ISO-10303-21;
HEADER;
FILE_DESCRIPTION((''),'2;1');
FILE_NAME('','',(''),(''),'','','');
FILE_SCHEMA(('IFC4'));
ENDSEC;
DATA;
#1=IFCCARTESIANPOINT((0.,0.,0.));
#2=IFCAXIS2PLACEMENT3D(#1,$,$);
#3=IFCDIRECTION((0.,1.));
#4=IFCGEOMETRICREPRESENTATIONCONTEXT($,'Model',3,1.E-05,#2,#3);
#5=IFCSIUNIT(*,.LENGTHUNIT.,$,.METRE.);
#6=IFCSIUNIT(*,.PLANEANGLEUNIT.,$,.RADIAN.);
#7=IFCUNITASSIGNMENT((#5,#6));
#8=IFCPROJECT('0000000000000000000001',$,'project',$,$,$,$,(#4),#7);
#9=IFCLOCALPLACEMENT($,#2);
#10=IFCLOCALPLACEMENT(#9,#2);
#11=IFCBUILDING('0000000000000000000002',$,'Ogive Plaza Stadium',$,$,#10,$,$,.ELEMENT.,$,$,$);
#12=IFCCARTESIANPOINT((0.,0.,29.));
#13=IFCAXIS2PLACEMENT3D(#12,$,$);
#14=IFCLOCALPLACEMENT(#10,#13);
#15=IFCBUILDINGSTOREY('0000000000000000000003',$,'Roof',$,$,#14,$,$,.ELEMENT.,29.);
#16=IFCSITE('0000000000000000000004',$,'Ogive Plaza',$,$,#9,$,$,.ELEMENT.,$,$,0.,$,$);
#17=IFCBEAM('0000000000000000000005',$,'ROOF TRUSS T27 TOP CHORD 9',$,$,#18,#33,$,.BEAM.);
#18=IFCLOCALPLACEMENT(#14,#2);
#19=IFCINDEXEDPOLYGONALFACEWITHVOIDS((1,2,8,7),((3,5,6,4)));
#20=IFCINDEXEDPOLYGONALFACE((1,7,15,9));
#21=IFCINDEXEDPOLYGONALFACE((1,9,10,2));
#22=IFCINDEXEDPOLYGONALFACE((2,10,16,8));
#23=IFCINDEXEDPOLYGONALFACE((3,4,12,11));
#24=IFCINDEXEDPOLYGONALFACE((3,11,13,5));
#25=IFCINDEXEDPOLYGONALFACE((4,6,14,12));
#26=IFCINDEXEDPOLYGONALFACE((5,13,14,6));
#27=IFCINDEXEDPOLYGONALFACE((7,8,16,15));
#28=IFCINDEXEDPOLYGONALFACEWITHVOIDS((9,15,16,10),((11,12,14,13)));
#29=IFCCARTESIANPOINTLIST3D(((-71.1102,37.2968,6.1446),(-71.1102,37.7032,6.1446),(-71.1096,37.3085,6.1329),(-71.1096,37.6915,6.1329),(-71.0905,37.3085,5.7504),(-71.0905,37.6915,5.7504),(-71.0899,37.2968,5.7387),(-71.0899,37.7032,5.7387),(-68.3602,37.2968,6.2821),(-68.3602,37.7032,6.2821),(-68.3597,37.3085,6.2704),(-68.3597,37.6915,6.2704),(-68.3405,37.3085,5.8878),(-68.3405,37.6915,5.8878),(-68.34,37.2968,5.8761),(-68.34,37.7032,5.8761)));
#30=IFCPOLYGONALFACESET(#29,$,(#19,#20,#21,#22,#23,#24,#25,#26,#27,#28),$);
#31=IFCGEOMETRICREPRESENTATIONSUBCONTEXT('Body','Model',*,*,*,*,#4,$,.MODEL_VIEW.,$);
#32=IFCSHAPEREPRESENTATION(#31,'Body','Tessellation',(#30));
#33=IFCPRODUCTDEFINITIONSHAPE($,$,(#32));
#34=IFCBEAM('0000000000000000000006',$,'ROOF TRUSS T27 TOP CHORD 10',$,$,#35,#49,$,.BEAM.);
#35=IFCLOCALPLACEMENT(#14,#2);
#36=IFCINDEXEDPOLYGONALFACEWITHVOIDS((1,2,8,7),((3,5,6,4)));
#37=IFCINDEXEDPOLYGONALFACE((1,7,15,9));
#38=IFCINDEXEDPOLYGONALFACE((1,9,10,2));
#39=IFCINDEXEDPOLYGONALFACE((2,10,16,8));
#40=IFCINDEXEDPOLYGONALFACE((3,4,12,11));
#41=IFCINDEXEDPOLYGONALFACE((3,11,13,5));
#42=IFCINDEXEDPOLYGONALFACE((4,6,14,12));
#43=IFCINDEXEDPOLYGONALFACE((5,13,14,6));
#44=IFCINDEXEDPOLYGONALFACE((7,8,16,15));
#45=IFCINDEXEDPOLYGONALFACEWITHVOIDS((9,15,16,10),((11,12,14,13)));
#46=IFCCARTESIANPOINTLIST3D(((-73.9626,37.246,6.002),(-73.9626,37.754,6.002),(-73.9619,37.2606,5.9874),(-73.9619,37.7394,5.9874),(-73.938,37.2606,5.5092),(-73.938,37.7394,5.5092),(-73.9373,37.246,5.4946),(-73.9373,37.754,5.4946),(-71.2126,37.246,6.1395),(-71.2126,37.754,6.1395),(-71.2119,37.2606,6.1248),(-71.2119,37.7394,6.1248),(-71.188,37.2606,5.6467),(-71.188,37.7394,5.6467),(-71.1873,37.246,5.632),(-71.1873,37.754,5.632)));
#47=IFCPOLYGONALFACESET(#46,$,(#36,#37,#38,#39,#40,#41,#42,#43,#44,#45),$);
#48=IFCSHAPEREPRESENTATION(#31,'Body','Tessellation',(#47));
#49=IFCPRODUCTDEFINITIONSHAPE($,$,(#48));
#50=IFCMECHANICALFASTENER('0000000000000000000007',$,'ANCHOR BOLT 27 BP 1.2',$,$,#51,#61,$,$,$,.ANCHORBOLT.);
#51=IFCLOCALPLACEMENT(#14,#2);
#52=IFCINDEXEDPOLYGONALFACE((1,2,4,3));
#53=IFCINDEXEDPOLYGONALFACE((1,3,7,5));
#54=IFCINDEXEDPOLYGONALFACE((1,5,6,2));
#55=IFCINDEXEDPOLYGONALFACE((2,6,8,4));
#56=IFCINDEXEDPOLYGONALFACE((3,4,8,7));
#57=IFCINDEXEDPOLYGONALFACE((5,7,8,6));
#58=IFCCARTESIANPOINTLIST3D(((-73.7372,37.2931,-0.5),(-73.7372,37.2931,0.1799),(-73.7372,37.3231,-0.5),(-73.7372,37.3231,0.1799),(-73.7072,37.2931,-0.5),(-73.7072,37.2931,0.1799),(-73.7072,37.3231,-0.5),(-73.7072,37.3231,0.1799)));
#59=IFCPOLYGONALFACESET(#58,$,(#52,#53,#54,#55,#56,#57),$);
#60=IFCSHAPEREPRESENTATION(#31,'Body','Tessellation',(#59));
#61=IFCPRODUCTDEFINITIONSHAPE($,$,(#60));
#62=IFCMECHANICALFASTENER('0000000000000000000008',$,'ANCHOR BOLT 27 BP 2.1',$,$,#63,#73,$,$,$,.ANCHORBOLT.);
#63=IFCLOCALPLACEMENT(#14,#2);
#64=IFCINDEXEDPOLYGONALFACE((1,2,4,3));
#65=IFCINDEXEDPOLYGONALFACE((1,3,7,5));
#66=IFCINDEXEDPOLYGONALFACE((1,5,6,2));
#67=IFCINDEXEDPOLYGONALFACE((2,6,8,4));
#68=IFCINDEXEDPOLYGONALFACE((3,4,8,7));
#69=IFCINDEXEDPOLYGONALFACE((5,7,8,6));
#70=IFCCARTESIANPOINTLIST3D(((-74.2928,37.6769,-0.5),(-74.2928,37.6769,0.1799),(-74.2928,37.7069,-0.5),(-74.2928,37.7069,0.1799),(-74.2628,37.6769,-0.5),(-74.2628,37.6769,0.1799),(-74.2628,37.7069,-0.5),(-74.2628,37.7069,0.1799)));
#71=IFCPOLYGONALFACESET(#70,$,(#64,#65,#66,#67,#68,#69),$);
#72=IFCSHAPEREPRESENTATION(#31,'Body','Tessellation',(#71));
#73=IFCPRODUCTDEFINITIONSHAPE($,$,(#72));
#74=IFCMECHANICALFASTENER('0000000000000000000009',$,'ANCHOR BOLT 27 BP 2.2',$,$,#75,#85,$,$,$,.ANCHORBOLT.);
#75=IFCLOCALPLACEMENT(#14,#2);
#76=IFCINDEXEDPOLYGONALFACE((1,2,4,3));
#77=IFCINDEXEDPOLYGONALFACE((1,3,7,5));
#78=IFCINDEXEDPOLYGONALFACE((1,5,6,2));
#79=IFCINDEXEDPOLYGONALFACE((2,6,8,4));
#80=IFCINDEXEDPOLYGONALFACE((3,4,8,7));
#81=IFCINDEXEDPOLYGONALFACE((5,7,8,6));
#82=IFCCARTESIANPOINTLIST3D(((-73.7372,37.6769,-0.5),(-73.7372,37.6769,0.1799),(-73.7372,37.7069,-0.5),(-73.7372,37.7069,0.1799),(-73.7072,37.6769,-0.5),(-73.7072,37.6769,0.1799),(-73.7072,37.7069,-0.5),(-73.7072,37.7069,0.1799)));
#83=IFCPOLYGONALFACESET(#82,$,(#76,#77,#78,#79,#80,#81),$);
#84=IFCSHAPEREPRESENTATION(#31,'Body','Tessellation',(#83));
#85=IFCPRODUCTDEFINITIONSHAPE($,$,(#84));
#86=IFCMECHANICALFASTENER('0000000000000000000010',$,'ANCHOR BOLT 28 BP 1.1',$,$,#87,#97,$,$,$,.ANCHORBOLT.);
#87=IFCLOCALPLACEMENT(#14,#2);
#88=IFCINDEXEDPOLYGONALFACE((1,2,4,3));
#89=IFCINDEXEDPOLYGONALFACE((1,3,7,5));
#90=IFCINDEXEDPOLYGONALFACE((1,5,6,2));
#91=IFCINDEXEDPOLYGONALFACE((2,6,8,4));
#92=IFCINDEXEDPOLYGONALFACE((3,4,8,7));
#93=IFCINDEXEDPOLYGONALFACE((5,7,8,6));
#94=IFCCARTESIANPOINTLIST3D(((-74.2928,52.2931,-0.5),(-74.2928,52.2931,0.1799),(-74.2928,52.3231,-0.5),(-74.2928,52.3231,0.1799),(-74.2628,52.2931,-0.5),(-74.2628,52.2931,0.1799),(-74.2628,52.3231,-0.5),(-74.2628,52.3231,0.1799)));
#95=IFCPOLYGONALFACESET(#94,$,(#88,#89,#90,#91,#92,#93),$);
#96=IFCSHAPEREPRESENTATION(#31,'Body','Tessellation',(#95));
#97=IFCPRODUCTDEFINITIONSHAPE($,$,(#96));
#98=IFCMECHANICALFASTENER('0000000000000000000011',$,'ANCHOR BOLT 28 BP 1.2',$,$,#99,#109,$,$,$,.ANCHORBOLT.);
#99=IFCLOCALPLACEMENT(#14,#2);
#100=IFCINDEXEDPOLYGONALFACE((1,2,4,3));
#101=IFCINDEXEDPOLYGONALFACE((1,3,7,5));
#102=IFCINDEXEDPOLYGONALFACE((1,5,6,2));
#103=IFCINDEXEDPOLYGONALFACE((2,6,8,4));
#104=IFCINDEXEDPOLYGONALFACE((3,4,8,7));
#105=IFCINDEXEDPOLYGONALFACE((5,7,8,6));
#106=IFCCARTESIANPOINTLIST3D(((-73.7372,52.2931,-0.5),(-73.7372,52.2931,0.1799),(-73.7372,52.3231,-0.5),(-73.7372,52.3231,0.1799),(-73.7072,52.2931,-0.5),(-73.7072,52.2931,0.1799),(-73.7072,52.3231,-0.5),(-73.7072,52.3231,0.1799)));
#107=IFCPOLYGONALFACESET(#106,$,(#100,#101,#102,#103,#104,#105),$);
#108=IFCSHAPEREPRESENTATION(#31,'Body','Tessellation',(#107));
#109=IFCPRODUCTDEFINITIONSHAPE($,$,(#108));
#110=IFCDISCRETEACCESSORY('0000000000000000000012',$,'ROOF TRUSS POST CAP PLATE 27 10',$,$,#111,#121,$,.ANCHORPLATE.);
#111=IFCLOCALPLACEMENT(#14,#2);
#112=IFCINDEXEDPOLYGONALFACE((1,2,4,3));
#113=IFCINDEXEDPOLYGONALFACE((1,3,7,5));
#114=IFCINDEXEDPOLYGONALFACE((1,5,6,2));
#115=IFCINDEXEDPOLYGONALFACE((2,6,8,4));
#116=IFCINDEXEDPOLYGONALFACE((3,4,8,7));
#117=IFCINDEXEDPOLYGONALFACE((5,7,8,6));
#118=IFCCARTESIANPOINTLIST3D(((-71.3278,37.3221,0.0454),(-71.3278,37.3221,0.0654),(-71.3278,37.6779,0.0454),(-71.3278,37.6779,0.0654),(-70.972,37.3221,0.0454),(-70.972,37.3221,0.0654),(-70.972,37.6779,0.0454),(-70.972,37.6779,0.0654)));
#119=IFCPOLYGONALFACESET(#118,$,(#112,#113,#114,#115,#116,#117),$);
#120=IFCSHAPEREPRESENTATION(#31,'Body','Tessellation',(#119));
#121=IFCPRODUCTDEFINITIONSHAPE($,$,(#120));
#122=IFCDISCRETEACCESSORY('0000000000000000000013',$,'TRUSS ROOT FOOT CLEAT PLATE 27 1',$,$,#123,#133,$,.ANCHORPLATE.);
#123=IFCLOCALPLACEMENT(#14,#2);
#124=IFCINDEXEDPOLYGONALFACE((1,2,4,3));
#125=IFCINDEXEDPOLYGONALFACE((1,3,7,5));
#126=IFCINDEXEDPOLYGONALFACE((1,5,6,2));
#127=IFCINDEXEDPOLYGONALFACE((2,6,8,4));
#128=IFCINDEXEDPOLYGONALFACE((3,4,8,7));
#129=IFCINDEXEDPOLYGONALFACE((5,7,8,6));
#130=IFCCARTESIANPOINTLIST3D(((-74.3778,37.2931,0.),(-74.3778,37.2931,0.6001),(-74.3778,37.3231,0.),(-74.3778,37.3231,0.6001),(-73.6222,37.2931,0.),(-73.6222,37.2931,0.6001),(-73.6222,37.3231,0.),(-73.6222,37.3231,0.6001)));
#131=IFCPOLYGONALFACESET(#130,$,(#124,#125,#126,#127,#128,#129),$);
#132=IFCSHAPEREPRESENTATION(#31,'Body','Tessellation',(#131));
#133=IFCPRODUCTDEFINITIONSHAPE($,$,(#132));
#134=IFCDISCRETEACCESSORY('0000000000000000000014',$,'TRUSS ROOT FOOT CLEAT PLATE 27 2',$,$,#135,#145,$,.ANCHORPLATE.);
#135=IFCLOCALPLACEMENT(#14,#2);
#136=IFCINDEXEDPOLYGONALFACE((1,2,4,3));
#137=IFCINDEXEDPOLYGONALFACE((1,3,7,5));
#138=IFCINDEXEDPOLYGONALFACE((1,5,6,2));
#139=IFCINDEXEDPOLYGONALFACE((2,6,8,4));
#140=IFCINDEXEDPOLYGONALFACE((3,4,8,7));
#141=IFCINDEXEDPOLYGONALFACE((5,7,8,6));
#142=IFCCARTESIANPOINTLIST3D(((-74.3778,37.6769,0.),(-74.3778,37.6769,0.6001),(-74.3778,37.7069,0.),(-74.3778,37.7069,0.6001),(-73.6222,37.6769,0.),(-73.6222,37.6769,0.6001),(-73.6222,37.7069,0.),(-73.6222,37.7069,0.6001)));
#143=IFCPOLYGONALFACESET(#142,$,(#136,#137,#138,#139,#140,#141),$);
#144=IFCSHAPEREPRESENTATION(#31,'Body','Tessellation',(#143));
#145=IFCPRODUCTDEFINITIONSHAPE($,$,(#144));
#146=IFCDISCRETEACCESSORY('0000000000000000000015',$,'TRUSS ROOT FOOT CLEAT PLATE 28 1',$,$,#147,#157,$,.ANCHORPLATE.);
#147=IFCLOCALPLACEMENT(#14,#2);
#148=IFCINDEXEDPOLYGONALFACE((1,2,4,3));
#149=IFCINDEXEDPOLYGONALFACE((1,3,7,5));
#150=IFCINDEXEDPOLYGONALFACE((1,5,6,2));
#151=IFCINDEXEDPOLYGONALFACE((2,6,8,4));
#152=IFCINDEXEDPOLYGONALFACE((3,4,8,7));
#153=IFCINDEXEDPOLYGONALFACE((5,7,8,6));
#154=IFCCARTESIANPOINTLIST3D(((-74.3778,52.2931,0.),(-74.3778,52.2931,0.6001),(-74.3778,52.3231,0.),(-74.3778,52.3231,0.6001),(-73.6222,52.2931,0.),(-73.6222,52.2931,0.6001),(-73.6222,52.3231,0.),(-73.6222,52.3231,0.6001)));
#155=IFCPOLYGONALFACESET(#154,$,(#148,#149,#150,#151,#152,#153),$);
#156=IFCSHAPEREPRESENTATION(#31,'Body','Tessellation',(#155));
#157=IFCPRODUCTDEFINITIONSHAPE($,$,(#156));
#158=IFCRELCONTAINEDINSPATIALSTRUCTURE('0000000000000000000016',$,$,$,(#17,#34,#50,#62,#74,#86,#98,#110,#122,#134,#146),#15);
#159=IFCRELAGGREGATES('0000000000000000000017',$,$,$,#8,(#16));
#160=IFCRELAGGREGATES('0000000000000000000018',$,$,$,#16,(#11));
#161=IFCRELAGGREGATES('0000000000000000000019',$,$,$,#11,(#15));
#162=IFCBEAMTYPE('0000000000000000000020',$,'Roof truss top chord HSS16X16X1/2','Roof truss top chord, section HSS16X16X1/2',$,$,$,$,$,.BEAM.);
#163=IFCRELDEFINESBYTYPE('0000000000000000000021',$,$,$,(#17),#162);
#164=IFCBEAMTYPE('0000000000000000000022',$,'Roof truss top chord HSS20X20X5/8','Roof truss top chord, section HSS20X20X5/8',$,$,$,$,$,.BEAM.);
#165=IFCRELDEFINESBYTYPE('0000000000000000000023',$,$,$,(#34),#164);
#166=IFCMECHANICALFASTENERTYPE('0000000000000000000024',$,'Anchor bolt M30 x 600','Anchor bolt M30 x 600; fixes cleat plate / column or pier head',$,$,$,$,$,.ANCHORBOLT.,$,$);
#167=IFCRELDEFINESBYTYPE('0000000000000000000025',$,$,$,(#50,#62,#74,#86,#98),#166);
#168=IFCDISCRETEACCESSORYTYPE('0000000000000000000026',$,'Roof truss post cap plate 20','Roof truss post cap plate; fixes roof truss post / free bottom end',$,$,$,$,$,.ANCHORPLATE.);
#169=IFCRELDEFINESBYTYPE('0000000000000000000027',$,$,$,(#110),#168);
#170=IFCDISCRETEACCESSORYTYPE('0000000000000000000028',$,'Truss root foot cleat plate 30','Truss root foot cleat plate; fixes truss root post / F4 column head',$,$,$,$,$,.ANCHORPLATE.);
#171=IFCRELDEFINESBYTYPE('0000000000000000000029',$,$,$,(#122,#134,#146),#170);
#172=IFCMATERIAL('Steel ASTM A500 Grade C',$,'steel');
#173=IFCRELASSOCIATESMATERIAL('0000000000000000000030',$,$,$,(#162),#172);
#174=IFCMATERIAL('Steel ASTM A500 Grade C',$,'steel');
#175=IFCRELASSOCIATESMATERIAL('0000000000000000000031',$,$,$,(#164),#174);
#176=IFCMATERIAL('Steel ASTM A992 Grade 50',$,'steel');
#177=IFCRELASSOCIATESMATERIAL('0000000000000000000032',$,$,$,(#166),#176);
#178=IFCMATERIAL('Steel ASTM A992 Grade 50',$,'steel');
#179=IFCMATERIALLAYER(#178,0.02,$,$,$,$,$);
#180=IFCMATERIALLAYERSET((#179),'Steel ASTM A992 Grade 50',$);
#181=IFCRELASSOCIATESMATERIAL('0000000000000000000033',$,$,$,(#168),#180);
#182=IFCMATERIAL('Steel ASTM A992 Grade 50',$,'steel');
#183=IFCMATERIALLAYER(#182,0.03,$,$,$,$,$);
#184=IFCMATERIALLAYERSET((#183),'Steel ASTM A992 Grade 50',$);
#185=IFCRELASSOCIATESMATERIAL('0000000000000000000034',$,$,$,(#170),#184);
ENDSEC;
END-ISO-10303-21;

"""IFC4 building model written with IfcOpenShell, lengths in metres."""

from ifc_helpers import new_model, si_unit, direction, frame, origin, origin_2d, place, context, subcontext, project, spatial, rectangle, hollow_rectangle, extrude, material, layer, layer_set, material_profile, profile_set, type_object, element, save


model = new_model("IFC4")

# Units and contexts
model_context = context("Model", 3, precision=1e-05, world=origin(), true_north=direction((0.0, 1.0)))
body_context = subcontext(model_context, "Body", "Model", "MODEL_VIEW")
ifc_project = project(units=[si_unit("LENGTHUNIT", "METRE"), si_unit("PLANEANGLEUNIT", "RADIAN")], contexts=[model_context])

# Site, building, storey
site_placement = place(None, origin())
site = spatial("IfcSite", under=ifc_project, at=site_placement, Name="Ogive Plaza", CompositionType="ELEMENT", RefElevation=0.0)
building_placement = place(site_placement, origin())
building = spatial("IfcBuilding", under=site, at=building_placement, Name="Ogive Plaza Stadium", CompositionType="ELEMENT")
storey_placement = place(building_placement, frame((0.0, 0.0, 29.0)))
storey = spatial("IfcBuildingStorey", under=building, at=storey_placement, Name="Roof", CompositionType="ELEMENT", Elevation=29.0)

# Beams
ifc_material_1 = material(Name="Steel ASTM A500 Grade C", Category="steel")
ifc_material_profile_1 = material_profile(ifc_material_1, hollow_rectangle(XDim=0.4065, YDim=0.4065, WallThickness=0.0117, at=origin_2d()), Name="HSS16X16X1/2")
ifc_profile_set_1 = profile_set([ifc_material_profile_1], Name="Steel ASTM A500 Grade C")
beam_type_1 = type_object("IfcBeamType", Name="Roof truss top chord HSS16X16X1/2", Description="Roof truss top chord, section HSS16X16X1/2", PredefinedType="BEAM", material=ifc_profile_set_1)
beam_1_placement = place(storey_placement, frame((-68.3501, 37.5, 6.0791), z_axis=(-0.998753, 0.0, -0.04992), x_axis=(0.0, -1.0, 0.0)))
element("IfcBeam", 1, at=beam_1_placement, inside=storey, type_object=beam_type_1, Name="ROOF TRUSS T27 TOP CHORD 9", PredefinedType="BEAM", context=body_context, shape_type="SweptSolid", body=[
    extrude(hollow_rectangle(XDim=0.4065, YDim=0.4065, WallThickness=0.0117, at=origin_2d()), origin(), (0.0, 0.0, 1.0), 2.7534),
])
ifc_material_2 = material(Name="Steel ASTM A500 Grade C", Category="steel")
ifc_material_profile_2 = material_profile(ifc_material_2, hollow_rectangle(XDim=0.5081, YDim=0.5081, WallThickness=0.0146, at=origin_2d()), Name="HSS20X20X5/8")
ifc_profile_set_2 = profile_set([ifc_material_profile_2], Name="Steel ASTM A500 Grade C")
beam_type_2 = type_object("IfcBeamType", Name="Roof truss top chord HSS20X20X5/8", Description="Roof truss top chord, section HSS20X20X5/8", PredefinedType="BEAM", material=ifc_profile_set_2)
beam_2_placement = place(storey_placement, frame((-71.2, 37.5, 5.8857), z_axis=(-0.998753, 0.0, -0.04992), x_axis=(0.0, -1.0, 0.0)))
element("IfcBeam", 2, at=beam_2_placement, inside=storey, type_object=beam_type_2, Name="ROOF TRUSS T27 TOP CHORD 10", PredefinedType="BEAM", context=body_context, shape_type="SweptSolid", body=[
    extrude(hollow_rectangle(XDim=0.5081, YDim=0.5081, WallThickness=0.0146, at=origin_2d()), origin(), (0.0, 0.0, 1.0), 2.7534),
])

# Mechanical fasteners
ifc_material_3 = material(Name="Steel ASTM A992 Grade 50", Category="steel")
mechanical_fastener_type = type_object("IfcMechanicalFastenerType", Name="Anchor bolt M30 x 600", Description="Anchor bolt M30 x 600; fixes cleat plate / column or pier head", PredefinedType="ANCHORBOLT", material=ifc_material_3)
for number, where, z_axis, x_axis, name in (
    (3, (-73.7222, 37.3081, -0.5), (0.0, 0.0, 1.0), (-1.0, 0.0, 0.0), "ANCHOR BOLT 27 BP 1.2"),
    (4, (-74.2778, 37.6919, -0.5), (0.0, 0.0, 1.0), (-1.0, 0.0, 0.0), "ANCHOR BOLT 27 BP 2.1"),
    (5, (-73.7222, 37.6919, -0.5), (0.0, 0.0, 1.0), (-1.0, 0.0, 0.0), "ANCHOR BOLT 27 BP 2.2"),
    (6, (-74.2778, 52.3081, -0.5), (0.0, 0.0, 1.0), (-1.0, 0.0, 0.0), "ANCHOR BOLT 28 BP 1.1"),
    (7, (-73.7222, 52.3081, -0.5), (0.0, 0.0, 1.0), (-1.0, 0.0, 0.0), "ANCHOR BOLT 28 BP 1.2"),
):
    element("IfcMechanicalFastener", number, at=place(storey_placement, frame(where, z_axis=z_axis, x_axis=x_axis)), inside=storey, type_object=mechanical_fastener_type, Name=name, PredefinedType="ANCHORBOLT", context=body_context, shape_type="SweptSolid", body=[
        extrude(rectangle(XDim=0.03, YDim=0.03, at=origin_2d()), origin(), (0.0, 0.0, 1.0), 0.6799),
    ])

# Discrete accessories
ifc_material_4 = material(Name="Steel ASTM A992 Grade 50", Category="steel")
ifc_layer_1 = layer(ifc_material_4, 0.02)
ifc_layer_set_1 = layer_set([ifc_layer_1], Name="Steel ASTM A992 Grade 50")
discrete_accessory_type_1 = type_object("IfcDiscreteAccessoryType", Name="Roof truss post cap plate 20", Description="Roof truss post cap plate; fixes roof truss post / free bottom end", PredefinedType="ANCHORPLATE", material=ifc_layer_set_1)
discrete_accessory_placement = place(storey_placement, frame((-71.1499, 37.5, 0.0454), z_axis=(0.0, 0.0, 1.0), x_axis=(-1.0, 0.0, 0.0)))
element("IfcDiscreteAccessory", 8, at=discrete_accessory_placement, inside=storey, type_object=discrete_accessory_type_1, Name="ROOF TRUSS POST CAP PLATE 27 10", PredefinedType="ANCHORPLATE", context=body_context, shape_type="SweptSolid", body=[
    extrude(rectangle(XDim=0.3557, YDim=0.3557, at=origin_2d()), origin(), (0.0, 0.0, 1.0), 0.02),
])
ifc_material_5 = material(Name="Steel ASTM A992 Grade 50", Category="steel")
ifc_layer_2 = layer(ifc_material_5, 0.03)
ifc_layer_set_2 = layer_set([ifc_layer_2], Name="Steel ASTM A992 Grade 50")
discrete_accessory_type_2 = type_object("IfcDiscreteAccessoryType", Name="Truss root foot cleat plate 30", Description="Truss root foot cleat plate; fixes truss root post / F4 column head", PredefinedType="ANCHORPLATE", material=ifc_layer_set_2)
for number, where, z_axis, x_axis, name in (
    (9, (-74.0, 37.3081, 0.0), (0.0, 0.0, 1.0), (-1.0, 0.0, 0.0), "TRUSS ROOT FOOT CLEAT PLATE 27 1"),
    (10, (-74.0, 37.6919, 0.0), (0.0, 0.0, 1.0), (-1.0, 0.0, 0.0), "TRUSS ROOT FOOT CLEAT PLATE 27 2"),
    (11, (-74.0, 52.3081, 0.0), (0.0, 0.0, 1.0), (-1.0, 0.0, 0.0), "TRUSS ROOT FOOT CLEAT PLATE 28 1"),
):
    element("IfcDiscreteAccessory", number, at=place(storey_placement, frame(where, z_axis=z_axis, x_axis=x_axis)), inside=storey, type_object=discrete_accessory_type_2, Name=name, PredefinedType="ANCHORPLATE", context=body_context, shape_type="SweptSolid", body=[
        extrude(rectangle(XDim=0.7556, YDim=0.03, at=origin_2d()), origin(), (0.0, 0.0, 1.0), 0.6001),
    ])

save(model, "model.ifc")
